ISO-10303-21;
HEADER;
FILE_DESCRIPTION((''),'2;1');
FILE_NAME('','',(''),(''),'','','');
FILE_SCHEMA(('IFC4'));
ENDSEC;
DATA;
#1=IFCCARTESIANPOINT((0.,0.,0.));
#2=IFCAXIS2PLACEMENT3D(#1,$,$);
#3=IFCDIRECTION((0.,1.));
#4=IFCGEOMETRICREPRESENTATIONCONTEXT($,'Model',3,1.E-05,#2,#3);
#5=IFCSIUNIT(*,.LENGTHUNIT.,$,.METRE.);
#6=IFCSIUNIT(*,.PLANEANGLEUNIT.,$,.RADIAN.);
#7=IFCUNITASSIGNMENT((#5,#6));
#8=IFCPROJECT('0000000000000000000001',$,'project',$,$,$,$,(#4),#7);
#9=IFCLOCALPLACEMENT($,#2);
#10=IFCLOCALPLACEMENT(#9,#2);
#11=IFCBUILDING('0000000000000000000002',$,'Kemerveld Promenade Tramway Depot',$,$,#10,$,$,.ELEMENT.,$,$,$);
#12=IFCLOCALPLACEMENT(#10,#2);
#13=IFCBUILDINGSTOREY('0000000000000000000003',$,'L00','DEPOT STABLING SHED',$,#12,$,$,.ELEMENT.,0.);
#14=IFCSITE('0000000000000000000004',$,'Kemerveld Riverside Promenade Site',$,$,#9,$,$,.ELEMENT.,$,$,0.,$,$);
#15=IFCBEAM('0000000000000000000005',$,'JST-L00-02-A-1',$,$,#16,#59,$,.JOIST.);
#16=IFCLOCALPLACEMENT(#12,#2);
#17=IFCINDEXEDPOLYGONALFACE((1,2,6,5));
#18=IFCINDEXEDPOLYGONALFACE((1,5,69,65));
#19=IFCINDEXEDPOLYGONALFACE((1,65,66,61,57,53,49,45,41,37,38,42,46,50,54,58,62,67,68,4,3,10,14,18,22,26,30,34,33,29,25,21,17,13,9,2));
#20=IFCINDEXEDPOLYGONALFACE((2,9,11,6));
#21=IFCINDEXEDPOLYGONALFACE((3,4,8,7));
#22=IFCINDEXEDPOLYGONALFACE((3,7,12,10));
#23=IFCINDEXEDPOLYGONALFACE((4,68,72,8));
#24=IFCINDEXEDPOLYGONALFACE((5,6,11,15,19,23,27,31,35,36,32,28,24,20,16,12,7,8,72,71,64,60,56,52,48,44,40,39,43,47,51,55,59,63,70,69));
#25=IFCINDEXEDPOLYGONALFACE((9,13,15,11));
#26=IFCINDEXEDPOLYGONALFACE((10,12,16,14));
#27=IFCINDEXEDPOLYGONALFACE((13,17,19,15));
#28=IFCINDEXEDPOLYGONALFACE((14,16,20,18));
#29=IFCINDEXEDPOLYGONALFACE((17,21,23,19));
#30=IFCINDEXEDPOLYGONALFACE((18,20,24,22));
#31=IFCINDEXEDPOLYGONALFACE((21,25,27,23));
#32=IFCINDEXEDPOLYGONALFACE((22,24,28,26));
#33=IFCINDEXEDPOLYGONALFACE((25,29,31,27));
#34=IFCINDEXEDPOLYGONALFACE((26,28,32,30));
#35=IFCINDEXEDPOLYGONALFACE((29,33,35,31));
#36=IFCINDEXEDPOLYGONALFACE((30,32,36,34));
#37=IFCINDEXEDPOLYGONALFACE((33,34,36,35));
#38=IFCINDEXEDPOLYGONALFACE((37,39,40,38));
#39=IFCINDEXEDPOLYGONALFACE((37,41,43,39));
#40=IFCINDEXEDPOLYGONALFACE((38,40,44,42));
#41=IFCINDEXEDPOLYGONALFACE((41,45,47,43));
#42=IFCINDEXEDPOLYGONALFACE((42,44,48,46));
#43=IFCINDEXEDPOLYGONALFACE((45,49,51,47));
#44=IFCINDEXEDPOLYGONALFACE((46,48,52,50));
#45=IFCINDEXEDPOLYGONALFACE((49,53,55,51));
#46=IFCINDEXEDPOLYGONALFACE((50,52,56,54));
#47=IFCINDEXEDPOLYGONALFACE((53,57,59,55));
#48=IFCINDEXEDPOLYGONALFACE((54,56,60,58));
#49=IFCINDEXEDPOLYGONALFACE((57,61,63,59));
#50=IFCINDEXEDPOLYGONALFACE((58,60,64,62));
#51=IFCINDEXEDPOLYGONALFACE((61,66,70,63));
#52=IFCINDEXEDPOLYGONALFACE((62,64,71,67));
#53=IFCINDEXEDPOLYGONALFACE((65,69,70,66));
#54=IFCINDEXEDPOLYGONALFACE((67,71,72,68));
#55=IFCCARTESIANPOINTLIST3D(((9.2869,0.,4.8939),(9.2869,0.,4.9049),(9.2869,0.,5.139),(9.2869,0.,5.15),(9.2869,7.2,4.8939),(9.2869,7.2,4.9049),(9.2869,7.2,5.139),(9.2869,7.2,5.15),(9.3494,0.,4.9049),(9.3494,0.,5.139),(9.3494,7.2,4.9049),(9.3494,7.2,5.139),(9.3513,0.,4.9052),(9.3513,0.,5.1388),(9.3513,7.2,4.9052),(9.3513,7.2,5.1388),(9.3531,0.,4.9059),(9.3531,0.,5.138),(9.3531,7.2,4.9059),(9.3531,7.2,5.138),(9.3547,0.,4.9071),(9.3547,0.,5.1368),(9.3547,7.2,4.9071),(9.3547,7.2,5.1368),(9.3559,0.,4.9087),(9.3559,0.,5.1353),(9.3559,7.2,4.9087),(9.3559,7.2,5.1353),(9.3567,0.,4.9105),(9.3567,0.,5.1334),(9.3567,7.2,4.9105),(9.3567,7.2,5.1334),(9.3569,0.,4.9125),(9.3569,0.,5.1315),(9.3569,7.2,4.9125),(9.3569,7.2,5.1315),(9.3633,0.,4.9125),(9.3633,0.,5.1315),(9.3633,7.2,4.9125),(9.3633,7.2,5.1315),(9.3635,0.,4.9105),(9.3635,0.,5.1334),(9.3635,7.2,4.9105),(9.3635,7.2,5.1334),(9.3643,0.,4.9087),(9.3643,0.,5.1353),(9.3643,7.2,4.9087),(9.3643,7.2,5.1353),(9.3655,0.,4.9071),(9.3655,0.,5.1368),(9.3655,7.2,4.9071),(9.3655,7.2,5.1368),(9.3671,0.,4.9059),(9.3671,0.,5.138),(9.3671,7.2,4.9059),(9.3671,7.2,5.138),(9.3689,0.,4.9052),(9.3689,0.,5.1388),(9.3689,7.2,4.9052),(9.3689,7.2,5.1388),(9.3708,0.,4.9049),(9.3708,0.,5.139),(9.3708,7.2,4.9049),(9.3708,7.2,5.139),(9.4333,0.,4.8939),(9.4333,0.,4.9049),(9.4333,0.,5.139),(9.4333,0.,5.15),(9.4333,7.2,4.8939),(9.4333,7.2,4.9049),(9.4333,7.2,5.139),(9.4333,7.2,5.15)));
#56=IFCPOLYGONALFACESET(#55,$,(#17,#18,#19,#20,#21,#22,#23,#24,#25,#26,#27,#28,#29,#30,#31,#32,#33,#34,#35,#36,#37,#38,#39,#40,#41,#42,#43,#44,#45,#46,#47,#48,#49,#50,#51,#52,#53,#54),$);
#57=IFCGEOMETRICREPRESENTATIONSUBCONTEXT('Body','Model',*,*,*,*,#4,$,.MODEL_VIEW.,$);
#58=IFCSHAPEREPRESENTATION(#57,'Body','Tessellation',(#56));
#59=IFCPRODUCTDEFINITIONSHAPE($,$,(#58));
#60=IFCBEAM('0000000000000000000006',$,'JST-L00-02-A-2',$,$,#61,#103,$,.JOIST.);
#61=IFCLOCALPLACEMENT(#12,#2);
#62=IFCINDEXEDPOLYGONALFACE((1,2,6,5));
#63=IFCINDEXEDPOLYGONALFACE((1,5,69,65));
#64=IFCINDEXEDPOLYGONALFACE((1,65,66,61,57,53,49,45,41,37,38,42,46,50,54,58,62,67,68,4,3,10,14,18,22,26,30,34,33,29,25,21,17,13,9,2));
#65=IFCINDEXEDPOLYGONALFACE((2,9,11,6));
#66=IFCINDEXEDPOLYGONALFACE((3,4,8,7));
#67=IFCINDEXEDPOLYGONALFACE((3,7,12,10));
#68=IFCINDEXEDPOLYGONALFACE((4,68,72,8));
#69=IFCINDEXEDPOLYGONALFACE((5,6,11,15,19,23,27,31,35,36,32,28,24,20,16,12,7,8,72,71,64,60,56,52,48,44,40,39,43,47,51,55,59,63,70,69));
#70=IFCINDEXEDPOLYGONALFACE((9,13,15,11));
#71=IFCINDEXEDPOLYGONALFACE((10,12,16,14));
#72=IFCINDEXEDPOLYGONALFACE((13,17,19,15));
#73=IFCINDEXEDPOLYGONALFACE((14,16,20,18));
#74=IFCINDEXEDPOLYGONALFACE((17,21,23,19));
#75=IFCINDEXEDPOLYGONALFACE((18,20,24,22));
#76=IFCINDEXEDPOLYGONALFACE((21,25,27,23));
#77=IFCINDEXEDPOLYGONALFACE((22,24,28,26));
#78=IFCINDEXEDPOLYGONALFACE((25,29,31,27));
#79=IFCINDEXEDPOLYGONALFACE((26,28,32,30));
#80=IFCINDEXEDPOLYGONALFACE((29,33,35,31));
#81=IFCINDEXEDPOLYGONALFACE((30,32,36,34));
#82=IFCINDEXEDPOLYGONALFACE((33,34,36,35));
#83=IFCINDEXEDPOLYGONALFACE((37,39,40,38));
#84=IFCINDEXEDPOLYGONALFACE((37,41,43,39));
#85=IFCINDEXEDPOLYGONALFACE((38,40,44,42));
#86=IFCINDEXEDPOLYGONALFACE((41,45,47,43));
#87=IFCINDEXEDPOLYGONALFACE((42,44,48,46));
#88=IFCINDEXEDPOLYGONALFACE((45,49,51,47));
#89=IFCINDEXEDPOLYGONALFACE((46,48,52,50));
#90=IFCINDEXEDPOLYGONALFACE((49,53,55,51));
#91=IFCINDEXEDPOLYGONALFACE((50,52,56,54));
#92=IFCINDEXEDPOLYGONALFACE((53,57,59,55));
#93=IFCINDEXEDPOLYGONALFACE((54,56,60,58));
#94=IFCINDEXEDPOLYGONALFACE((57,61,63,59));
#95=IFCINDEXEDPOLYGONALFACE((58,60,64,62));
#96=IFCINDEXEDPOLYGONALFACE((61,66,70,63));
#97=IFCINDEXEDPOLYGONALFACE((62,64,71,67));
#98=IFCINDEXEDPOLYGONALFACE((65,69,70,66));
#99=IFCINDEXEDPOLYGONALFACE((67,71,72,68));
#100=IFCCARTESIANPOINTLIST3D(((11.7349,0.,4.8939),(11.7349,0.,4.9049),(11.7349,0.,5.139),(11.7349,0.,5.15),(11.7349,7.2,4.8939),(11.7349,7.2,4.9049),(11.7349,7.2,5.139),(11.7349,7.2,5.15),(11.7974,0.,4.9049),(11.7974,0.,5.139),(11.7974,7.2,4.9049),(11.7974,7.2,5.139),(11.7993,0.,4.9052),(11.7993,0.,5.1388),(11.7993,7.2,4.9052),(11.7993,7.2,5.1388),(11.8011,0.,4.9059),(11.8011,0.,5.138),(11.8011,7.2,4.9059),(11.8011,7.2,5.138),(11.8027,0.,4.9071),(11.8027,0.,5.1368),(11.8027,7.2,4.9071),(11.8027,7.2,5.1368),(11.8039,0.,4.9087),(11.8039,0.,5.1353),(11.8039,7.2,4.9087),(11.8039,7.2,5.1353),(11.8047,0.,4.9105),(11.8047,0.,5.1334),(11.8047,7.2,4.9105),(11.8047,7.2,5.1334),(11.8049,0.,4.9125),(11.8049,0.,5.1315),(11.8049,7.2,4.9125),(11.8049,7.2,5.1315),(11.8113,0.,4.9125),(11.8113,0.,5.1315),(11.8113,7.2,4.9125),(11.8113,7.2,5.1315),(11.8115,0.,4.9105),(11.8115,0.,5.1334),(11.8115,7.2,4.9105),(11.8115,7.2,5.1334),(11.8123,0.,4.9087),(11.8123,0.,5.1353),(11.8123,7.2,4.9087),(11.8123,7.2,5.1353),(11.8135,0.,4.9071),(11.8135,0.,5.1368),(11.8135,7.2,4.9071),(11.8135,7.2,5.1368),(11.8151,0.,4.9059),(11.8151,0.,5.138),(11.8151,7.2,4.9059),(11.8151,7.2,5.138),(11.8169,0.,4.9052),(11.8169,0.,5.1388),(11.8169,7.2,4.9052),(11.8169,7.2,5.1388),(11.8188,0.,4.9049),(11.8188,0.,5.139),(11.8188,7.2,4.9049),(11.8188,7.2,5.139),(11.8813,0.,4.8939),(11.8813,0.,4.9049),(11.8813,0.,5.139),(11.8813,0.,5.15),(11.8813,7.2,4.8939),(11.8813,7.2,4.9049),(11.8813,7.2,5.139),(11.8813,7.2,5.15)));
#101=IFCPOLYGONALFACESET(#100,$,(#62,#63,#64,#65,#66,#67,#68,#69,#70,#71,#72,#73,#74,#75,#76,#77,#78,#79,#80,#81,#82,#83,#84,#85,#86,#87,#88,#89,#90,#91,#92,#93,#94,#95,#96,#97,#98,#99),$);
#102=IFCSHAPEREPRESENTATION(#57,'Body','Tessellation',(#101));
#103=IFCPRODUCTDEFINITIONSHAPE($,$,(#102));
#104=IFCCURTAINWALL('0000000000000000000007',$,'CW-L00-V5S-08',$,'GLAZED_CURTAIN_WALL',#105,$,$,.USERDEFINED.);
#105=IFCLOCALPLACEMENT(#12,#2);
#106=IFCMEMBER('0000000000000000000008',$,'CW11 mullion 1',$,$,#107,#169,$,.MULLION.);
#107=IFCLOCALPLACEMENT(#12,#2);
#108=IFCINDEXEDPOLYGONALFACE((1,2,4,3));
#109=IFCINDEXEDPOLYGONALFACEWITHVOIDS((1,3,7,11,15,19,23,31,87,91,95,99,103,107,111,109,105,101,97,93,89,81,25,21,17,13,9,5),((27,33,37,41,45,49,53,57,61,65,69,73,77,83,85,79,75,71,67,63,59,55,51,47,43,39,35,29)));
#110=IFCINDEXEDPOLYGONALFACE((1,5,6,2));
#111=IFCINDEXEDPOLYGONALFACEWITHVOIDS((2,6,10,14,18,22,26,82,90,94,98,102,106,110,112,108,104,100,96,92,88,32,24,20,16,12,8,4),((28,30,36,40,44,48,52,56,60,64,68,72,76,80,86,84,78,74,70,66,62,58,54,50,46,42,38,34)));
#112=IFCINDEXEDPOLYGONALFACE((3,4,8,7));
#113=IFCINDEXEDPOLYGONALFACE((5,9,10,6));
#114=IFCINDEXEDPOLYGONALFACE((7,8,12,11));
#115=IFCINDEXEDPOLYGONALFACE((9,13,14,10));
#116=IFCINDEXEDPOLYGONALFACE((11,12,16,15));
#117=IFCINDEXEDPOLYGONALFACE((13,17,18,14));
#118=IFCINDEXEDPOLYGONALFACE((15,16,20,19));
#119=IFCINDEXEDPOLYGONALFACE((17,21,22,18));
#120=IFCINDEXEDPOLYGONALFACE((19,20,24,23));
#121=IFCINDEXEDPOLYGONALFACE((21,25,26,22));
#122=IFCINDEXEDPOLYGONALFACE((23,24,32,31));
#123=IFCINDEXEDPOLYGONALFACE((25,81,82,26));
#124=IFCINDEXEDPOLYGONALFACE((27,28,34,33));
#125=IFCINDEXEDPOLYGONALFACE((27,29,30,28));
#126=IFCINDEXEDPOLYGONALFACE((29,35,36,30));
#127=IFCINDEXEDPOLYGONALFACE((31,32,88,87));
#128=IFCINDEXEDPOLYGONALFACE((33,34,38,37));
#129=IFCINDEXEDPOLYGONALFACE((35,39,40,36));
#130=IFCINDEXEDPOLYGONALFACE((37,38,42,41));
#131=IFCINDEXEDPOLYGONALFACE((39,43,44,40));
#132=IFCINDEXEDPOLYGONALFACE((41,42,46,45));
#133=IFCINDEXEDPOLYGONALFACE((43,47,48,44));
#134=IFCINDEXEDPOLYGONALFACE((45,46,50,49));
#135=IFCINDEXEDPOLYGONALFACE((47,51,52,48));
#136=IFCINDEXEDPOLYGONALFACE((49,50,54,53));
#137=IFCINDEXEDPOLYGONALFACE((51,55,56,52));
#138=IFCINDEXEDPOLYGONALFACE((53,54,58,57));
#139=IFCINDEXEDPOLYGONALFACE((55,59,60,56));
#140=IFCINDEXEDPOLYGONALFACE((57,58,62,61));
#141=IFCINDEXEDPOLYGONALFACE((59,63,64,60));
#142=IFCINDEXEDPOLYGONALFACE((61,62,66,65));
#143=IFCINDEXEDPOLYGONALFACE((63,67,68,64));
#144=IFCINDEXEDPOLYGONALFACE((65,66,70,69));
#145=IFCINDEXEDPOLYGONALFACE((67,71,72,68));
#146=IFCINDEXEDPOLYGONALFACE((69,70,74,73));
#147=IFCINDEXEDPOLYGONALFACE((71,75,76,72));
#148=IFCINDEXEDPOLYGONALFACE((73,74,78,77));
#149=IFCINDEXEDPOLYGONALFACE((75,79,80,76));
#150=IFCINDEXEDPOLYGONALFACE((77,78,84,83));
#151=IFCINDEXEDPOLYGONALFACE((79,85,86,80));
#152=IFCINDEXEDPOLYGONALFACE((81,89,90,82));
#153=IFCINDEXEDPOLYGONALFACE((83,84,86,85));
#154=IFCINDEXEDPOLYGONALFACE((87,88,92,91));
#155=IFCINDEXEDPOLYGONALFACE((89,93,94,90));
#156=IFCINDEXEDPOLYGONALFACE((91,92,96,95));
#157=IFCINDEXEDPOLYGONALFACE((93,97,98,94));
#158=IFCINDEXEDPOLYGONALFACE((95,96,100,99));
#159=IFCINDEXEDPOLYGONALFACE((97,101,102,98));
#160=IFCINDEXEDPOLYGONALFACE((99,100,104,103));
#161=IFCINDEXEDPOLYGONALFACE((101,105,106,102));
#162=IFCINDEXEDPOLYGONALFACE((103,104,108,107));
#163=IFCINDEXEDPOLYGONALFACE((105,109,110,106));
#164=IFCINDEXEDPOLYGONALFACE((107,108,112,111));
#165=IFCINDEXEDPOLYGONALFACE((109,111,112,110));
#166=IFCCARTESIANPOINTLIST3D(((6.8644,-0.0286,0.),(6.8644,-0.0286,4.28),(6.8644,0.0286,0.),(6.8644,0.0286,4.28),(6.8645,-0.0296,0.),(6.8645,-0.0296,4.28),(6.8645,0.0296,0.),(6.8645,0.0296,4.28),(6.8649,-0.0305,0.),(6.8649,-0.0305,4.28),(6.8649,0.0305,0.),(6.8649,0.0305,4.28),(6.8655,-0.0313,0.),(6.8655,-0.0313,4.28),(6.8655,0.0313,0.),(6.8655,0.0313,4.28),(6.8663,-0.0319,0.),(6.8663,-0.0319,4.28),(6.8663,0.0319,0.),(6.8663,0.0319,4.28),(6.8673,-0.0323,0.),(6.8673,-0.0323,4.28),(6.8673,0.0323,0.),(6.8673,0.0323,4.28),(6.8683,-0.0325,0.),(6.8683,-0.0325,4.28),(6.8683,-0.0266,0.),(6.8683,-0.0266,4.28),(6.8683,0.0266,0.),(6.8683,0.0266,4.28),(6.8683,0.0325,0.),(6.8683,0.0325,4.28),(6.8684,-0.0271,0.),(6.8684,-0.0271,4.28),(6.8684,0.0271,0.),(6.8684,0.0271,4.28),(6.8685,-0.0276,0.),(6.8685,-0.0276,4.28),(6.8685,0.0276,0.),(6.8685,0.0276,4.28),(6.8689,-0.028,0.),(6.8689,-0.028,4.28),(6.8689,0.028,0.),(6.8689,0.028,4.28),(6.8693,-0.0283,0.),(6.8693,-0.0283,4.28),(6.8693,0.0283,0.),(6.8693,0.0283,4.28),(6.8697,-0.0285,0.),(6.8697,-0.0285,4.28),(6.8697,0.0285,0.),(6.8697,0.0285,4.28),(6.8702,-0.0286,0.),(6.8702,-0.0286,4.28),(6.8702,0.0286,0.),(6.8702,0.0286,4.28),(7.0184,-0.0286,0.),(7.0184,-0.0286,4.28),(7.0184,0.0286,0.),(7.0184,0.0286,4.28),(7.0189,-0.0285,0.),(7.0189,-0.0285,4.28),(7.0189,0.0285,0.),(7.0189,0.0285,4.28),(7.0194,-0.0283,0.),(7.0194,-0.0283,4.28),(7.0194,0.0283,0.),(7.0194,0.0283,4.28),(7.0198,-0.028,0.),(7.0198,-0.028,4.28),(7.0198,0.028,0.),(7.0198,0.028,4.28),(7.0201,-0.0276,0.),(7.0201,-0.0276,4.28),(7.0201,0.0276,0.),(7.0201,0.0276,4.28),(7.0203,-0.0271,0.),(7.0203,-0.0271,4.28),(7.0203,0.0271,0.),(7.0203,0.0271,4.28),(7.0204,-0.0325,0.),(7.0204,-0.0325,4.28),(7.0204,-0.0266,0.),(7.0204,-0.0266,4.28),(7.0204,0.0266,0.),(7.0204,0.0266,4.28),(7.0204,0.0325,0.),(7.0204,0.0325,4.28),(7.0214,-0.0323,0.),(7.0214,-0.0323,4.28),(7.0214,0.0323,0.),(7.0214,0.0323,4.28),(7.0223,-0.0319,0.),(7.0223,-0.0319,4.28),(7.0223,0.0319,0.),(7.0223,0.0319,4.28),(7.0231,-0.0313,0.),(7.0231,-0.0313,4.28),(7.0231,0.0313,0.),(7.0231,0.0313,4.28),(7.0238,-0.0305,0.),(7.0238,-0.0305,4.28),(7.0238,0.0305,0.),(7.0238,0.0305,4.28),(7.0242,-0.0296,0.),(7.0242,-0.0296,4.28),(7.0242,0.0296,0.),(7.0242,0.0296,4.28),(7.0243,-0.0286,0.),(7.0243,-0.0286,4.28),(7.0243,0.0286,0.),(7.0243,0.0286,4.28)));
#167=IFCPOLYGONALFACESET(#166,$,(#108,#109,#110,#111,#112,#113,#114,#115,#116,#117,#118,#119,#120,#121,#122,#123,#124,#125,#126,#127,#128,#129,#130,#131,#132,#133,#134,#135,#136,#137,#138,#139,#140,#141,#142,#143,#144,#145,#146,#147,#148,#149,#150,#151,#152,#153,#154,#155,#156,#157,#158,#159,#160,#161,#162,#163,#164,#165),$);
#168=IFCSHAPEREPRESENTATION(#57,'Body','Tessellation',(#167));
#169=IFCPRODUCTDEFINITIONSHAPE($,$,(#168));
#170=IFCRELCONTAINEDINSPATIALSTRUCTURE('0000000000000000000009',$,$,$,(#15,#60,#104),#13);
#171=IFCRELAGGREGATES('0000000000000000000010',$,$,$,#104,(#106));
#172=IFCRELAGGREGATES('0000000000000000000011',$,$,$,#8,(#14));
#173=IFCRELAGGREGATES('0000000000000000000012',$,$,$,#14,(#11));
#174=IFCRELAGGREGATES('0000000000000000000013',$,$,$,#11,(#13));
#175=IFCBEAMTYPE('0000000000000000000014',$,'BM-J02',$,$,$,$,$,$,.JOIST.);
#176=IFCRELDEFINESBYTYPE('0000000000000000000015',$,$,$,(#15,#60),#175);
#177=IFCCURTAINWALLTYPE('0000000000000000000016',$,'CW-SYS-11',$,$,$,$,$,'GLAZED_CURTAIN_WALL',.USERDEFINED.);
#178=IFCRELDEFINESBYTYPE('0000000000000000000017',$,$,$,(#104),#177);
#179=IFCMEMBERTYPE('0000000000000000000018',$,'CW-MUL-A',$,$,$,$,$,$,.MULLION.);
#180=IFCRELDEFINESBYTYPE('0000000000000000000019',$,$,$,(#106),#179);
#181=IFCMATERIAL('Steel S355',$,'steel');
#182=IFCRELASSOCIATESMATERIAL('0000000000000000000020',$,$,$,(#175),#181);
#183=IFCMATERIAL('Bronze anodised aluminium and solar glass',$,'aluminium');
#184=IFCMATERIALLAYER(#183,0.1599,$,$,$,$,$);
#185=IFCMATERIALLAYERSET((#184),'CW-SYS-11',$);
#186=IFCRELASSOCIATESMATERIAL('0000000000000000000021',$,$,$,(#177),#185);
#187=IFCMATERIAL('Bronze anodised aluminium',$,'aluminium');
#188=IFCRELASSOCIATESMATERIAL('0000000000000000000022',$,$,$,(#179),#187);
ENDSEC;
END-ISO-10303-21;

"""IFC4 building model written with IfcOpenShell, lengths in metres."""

from ifc_helpers import new_model, si_unit, direction, frame, origin, origin_2d, place, context, subcontext, project, spatial, hollow_rectangle, i_section, extrude, material, layer, layer_set, material_profile, profile_set, type_object, element, aggregate, save


model = new_model("IFC4")

# Units and contexts
model_context = context("Model", 3, precision=1e-05, world=origin(), true_north=direction((0.0, 1.0)))
body_context = subcontext(model_context, "Body", "Model", "MODEL_VIEW")
ifc_project = project(units=[si_unit("LENGTHUNIT", "METRE"), si_unit("PLANEANGLEUNIT", "RADIAN")], contexts=[model_context])

# Site, building, storey
site_placement = place(None, origin())
site = spatial("IfcSite", under=ifc_project, at=site_placement, Name="Kemerveld Riverside Promenade Site", CompositionType="ELEMENT", RefElevation=0.0)
building_placement = place(site_placement, origin())
building = spatial("IfcBuilding", under=site, at=building_placement, Name="Kemerveld Promenade Tramway Depot", CompositionType="ELEMENT")
storey_placement = place(building_placement, origin())
storey = spatial("IfcBuildingStorey", under=building, at=storey_placement, Name="L00", Description="DEPOT STABLING SHED", CompositionType="ELEMENT", Elevation=0.0)

# Shared definitions
ifc_material_1 = material(Name="Steel S355", Category="steel")

# Beams
ifc_material_profile_1 = material_profile(ifc_material_1, i_section(OverallWidth=0.1465, OverallDepth=0.2561, WebThickness=0.0063, FlangeThickness=0.011, FilletRadius=0.0076, at=origin_2d()), Name="254x146x37 UB")
ifc_profile_set_1 = profile_set([ifc_material_profile_1], Name="Steel S355")
beam_type_1 = type_object("IfcBeamType", Name="BM-J02", PredefinedType="JOIST", material=ifc_profile_set_1)
for number, where, z_axis, x_axis, name in (
    (1, (9.3601, 0.0, 5.022), (0.0, 1.0, 0.0), (-1.0, 0.0, 0.0), "JST-L00-02-A-1"),
    (2, (11.8081, 0.0, 5.022), (0.0, 1.0, 0.0), (-1.0, 0.0, 0.0), "JST-L00-02-A-2"),
):
    element("IfcBeam", number, at=place(storey_placement, frame(where, z_axis=z_axis, x_axis=x_axis)), inside=storey, type_object=beam_type_1, Name=name, PredefinedType="JOIST", context=body_context, shape_type="SweptSolid", body=[
        extrude(i_section(OverallWidth=0.1465, OverallDepth=0.2561, WebThickness=0.0063, FlangeThickness=0.011, FilletRadius=0.0076, at=origin_2d()), origin(), (0.0, 0.0, 1.0), 7.2),
    ])

# Curtain wall, member
ifc_material_2 = material(Name="Bronze anodised aluminium and solar glass", Category="aluminium")
ifc_layer_1 = layer(ifc_material_2, 0.1599)
ifc_layer_set_1 = layer_set([ifc_layer_1], Name="CW-SYS-11")
curtain_wall_type = type_object("IfcCurtainWallType", Name="CW-SYS-11", ElementType="GLAZED_CURTAIN_WALL", PredefinedType="USERDEFINED", material=ifc_layer_set_1)
curtain_wall_placement = place(storey_placement, origin())
curtain_wall = element("IfcCurtainWall", 3, at=curtain_wall_placement, inside=storey, type_object=curtain_wall_type, Name="CW-L00-V5S-08", ObjectType="GLAZED_CURTAIN_WALL", PredefinedType="USERDEFINED")
ifc_material_3 = material(Name="Bronze anodised aluminium", Category="aluminium")
ifc_material_profile_2 = material_profile(ifc_material_3, hollow_rectangle(XDim=0.0649, YDim=0.1599, WallThickness=0.0039, InnerFilletRadius=0.002, OuterFilletRadius=0.0039, at=origin_2d()), Name="CW-MUL-160x65")
ifc_profile_set_2 = profile_set([ifc_material_profile_2], Name="Bronze anodised aluminium")
member_type_1 = type_object("IfcMemberType", Name="CW-MUL-A", PredefinedType="MULLION", material=ifc_profile_set_2)
member_1_placement = place(storey_placement, frame((6.9443, 0.0, 0.0), z_axis=(0.0, 0.0, 1.0), x_axis=(0.0, -1.0, 0.0)))
member_1 = element("IfcMember", 4, at=member_1_placement, type_object=member_type_1, Name="CW11 mullion 1", PredefinedType="MULLION", context=body_context, shape_type="SweptSolid", body=[
    extrude(hollow_rectangle(XDim=0.0649, YDim=0.1599, WallThickness=0.0039, InnerFilletRadius=0.002, OuterFilletRadius=0.0039, at=origin_2d()), origin(), (0.0, 0.0, 1.0), 4.28),
])
aggregate(curtain_wall, [member_1])

save(model, "model.ifc")
